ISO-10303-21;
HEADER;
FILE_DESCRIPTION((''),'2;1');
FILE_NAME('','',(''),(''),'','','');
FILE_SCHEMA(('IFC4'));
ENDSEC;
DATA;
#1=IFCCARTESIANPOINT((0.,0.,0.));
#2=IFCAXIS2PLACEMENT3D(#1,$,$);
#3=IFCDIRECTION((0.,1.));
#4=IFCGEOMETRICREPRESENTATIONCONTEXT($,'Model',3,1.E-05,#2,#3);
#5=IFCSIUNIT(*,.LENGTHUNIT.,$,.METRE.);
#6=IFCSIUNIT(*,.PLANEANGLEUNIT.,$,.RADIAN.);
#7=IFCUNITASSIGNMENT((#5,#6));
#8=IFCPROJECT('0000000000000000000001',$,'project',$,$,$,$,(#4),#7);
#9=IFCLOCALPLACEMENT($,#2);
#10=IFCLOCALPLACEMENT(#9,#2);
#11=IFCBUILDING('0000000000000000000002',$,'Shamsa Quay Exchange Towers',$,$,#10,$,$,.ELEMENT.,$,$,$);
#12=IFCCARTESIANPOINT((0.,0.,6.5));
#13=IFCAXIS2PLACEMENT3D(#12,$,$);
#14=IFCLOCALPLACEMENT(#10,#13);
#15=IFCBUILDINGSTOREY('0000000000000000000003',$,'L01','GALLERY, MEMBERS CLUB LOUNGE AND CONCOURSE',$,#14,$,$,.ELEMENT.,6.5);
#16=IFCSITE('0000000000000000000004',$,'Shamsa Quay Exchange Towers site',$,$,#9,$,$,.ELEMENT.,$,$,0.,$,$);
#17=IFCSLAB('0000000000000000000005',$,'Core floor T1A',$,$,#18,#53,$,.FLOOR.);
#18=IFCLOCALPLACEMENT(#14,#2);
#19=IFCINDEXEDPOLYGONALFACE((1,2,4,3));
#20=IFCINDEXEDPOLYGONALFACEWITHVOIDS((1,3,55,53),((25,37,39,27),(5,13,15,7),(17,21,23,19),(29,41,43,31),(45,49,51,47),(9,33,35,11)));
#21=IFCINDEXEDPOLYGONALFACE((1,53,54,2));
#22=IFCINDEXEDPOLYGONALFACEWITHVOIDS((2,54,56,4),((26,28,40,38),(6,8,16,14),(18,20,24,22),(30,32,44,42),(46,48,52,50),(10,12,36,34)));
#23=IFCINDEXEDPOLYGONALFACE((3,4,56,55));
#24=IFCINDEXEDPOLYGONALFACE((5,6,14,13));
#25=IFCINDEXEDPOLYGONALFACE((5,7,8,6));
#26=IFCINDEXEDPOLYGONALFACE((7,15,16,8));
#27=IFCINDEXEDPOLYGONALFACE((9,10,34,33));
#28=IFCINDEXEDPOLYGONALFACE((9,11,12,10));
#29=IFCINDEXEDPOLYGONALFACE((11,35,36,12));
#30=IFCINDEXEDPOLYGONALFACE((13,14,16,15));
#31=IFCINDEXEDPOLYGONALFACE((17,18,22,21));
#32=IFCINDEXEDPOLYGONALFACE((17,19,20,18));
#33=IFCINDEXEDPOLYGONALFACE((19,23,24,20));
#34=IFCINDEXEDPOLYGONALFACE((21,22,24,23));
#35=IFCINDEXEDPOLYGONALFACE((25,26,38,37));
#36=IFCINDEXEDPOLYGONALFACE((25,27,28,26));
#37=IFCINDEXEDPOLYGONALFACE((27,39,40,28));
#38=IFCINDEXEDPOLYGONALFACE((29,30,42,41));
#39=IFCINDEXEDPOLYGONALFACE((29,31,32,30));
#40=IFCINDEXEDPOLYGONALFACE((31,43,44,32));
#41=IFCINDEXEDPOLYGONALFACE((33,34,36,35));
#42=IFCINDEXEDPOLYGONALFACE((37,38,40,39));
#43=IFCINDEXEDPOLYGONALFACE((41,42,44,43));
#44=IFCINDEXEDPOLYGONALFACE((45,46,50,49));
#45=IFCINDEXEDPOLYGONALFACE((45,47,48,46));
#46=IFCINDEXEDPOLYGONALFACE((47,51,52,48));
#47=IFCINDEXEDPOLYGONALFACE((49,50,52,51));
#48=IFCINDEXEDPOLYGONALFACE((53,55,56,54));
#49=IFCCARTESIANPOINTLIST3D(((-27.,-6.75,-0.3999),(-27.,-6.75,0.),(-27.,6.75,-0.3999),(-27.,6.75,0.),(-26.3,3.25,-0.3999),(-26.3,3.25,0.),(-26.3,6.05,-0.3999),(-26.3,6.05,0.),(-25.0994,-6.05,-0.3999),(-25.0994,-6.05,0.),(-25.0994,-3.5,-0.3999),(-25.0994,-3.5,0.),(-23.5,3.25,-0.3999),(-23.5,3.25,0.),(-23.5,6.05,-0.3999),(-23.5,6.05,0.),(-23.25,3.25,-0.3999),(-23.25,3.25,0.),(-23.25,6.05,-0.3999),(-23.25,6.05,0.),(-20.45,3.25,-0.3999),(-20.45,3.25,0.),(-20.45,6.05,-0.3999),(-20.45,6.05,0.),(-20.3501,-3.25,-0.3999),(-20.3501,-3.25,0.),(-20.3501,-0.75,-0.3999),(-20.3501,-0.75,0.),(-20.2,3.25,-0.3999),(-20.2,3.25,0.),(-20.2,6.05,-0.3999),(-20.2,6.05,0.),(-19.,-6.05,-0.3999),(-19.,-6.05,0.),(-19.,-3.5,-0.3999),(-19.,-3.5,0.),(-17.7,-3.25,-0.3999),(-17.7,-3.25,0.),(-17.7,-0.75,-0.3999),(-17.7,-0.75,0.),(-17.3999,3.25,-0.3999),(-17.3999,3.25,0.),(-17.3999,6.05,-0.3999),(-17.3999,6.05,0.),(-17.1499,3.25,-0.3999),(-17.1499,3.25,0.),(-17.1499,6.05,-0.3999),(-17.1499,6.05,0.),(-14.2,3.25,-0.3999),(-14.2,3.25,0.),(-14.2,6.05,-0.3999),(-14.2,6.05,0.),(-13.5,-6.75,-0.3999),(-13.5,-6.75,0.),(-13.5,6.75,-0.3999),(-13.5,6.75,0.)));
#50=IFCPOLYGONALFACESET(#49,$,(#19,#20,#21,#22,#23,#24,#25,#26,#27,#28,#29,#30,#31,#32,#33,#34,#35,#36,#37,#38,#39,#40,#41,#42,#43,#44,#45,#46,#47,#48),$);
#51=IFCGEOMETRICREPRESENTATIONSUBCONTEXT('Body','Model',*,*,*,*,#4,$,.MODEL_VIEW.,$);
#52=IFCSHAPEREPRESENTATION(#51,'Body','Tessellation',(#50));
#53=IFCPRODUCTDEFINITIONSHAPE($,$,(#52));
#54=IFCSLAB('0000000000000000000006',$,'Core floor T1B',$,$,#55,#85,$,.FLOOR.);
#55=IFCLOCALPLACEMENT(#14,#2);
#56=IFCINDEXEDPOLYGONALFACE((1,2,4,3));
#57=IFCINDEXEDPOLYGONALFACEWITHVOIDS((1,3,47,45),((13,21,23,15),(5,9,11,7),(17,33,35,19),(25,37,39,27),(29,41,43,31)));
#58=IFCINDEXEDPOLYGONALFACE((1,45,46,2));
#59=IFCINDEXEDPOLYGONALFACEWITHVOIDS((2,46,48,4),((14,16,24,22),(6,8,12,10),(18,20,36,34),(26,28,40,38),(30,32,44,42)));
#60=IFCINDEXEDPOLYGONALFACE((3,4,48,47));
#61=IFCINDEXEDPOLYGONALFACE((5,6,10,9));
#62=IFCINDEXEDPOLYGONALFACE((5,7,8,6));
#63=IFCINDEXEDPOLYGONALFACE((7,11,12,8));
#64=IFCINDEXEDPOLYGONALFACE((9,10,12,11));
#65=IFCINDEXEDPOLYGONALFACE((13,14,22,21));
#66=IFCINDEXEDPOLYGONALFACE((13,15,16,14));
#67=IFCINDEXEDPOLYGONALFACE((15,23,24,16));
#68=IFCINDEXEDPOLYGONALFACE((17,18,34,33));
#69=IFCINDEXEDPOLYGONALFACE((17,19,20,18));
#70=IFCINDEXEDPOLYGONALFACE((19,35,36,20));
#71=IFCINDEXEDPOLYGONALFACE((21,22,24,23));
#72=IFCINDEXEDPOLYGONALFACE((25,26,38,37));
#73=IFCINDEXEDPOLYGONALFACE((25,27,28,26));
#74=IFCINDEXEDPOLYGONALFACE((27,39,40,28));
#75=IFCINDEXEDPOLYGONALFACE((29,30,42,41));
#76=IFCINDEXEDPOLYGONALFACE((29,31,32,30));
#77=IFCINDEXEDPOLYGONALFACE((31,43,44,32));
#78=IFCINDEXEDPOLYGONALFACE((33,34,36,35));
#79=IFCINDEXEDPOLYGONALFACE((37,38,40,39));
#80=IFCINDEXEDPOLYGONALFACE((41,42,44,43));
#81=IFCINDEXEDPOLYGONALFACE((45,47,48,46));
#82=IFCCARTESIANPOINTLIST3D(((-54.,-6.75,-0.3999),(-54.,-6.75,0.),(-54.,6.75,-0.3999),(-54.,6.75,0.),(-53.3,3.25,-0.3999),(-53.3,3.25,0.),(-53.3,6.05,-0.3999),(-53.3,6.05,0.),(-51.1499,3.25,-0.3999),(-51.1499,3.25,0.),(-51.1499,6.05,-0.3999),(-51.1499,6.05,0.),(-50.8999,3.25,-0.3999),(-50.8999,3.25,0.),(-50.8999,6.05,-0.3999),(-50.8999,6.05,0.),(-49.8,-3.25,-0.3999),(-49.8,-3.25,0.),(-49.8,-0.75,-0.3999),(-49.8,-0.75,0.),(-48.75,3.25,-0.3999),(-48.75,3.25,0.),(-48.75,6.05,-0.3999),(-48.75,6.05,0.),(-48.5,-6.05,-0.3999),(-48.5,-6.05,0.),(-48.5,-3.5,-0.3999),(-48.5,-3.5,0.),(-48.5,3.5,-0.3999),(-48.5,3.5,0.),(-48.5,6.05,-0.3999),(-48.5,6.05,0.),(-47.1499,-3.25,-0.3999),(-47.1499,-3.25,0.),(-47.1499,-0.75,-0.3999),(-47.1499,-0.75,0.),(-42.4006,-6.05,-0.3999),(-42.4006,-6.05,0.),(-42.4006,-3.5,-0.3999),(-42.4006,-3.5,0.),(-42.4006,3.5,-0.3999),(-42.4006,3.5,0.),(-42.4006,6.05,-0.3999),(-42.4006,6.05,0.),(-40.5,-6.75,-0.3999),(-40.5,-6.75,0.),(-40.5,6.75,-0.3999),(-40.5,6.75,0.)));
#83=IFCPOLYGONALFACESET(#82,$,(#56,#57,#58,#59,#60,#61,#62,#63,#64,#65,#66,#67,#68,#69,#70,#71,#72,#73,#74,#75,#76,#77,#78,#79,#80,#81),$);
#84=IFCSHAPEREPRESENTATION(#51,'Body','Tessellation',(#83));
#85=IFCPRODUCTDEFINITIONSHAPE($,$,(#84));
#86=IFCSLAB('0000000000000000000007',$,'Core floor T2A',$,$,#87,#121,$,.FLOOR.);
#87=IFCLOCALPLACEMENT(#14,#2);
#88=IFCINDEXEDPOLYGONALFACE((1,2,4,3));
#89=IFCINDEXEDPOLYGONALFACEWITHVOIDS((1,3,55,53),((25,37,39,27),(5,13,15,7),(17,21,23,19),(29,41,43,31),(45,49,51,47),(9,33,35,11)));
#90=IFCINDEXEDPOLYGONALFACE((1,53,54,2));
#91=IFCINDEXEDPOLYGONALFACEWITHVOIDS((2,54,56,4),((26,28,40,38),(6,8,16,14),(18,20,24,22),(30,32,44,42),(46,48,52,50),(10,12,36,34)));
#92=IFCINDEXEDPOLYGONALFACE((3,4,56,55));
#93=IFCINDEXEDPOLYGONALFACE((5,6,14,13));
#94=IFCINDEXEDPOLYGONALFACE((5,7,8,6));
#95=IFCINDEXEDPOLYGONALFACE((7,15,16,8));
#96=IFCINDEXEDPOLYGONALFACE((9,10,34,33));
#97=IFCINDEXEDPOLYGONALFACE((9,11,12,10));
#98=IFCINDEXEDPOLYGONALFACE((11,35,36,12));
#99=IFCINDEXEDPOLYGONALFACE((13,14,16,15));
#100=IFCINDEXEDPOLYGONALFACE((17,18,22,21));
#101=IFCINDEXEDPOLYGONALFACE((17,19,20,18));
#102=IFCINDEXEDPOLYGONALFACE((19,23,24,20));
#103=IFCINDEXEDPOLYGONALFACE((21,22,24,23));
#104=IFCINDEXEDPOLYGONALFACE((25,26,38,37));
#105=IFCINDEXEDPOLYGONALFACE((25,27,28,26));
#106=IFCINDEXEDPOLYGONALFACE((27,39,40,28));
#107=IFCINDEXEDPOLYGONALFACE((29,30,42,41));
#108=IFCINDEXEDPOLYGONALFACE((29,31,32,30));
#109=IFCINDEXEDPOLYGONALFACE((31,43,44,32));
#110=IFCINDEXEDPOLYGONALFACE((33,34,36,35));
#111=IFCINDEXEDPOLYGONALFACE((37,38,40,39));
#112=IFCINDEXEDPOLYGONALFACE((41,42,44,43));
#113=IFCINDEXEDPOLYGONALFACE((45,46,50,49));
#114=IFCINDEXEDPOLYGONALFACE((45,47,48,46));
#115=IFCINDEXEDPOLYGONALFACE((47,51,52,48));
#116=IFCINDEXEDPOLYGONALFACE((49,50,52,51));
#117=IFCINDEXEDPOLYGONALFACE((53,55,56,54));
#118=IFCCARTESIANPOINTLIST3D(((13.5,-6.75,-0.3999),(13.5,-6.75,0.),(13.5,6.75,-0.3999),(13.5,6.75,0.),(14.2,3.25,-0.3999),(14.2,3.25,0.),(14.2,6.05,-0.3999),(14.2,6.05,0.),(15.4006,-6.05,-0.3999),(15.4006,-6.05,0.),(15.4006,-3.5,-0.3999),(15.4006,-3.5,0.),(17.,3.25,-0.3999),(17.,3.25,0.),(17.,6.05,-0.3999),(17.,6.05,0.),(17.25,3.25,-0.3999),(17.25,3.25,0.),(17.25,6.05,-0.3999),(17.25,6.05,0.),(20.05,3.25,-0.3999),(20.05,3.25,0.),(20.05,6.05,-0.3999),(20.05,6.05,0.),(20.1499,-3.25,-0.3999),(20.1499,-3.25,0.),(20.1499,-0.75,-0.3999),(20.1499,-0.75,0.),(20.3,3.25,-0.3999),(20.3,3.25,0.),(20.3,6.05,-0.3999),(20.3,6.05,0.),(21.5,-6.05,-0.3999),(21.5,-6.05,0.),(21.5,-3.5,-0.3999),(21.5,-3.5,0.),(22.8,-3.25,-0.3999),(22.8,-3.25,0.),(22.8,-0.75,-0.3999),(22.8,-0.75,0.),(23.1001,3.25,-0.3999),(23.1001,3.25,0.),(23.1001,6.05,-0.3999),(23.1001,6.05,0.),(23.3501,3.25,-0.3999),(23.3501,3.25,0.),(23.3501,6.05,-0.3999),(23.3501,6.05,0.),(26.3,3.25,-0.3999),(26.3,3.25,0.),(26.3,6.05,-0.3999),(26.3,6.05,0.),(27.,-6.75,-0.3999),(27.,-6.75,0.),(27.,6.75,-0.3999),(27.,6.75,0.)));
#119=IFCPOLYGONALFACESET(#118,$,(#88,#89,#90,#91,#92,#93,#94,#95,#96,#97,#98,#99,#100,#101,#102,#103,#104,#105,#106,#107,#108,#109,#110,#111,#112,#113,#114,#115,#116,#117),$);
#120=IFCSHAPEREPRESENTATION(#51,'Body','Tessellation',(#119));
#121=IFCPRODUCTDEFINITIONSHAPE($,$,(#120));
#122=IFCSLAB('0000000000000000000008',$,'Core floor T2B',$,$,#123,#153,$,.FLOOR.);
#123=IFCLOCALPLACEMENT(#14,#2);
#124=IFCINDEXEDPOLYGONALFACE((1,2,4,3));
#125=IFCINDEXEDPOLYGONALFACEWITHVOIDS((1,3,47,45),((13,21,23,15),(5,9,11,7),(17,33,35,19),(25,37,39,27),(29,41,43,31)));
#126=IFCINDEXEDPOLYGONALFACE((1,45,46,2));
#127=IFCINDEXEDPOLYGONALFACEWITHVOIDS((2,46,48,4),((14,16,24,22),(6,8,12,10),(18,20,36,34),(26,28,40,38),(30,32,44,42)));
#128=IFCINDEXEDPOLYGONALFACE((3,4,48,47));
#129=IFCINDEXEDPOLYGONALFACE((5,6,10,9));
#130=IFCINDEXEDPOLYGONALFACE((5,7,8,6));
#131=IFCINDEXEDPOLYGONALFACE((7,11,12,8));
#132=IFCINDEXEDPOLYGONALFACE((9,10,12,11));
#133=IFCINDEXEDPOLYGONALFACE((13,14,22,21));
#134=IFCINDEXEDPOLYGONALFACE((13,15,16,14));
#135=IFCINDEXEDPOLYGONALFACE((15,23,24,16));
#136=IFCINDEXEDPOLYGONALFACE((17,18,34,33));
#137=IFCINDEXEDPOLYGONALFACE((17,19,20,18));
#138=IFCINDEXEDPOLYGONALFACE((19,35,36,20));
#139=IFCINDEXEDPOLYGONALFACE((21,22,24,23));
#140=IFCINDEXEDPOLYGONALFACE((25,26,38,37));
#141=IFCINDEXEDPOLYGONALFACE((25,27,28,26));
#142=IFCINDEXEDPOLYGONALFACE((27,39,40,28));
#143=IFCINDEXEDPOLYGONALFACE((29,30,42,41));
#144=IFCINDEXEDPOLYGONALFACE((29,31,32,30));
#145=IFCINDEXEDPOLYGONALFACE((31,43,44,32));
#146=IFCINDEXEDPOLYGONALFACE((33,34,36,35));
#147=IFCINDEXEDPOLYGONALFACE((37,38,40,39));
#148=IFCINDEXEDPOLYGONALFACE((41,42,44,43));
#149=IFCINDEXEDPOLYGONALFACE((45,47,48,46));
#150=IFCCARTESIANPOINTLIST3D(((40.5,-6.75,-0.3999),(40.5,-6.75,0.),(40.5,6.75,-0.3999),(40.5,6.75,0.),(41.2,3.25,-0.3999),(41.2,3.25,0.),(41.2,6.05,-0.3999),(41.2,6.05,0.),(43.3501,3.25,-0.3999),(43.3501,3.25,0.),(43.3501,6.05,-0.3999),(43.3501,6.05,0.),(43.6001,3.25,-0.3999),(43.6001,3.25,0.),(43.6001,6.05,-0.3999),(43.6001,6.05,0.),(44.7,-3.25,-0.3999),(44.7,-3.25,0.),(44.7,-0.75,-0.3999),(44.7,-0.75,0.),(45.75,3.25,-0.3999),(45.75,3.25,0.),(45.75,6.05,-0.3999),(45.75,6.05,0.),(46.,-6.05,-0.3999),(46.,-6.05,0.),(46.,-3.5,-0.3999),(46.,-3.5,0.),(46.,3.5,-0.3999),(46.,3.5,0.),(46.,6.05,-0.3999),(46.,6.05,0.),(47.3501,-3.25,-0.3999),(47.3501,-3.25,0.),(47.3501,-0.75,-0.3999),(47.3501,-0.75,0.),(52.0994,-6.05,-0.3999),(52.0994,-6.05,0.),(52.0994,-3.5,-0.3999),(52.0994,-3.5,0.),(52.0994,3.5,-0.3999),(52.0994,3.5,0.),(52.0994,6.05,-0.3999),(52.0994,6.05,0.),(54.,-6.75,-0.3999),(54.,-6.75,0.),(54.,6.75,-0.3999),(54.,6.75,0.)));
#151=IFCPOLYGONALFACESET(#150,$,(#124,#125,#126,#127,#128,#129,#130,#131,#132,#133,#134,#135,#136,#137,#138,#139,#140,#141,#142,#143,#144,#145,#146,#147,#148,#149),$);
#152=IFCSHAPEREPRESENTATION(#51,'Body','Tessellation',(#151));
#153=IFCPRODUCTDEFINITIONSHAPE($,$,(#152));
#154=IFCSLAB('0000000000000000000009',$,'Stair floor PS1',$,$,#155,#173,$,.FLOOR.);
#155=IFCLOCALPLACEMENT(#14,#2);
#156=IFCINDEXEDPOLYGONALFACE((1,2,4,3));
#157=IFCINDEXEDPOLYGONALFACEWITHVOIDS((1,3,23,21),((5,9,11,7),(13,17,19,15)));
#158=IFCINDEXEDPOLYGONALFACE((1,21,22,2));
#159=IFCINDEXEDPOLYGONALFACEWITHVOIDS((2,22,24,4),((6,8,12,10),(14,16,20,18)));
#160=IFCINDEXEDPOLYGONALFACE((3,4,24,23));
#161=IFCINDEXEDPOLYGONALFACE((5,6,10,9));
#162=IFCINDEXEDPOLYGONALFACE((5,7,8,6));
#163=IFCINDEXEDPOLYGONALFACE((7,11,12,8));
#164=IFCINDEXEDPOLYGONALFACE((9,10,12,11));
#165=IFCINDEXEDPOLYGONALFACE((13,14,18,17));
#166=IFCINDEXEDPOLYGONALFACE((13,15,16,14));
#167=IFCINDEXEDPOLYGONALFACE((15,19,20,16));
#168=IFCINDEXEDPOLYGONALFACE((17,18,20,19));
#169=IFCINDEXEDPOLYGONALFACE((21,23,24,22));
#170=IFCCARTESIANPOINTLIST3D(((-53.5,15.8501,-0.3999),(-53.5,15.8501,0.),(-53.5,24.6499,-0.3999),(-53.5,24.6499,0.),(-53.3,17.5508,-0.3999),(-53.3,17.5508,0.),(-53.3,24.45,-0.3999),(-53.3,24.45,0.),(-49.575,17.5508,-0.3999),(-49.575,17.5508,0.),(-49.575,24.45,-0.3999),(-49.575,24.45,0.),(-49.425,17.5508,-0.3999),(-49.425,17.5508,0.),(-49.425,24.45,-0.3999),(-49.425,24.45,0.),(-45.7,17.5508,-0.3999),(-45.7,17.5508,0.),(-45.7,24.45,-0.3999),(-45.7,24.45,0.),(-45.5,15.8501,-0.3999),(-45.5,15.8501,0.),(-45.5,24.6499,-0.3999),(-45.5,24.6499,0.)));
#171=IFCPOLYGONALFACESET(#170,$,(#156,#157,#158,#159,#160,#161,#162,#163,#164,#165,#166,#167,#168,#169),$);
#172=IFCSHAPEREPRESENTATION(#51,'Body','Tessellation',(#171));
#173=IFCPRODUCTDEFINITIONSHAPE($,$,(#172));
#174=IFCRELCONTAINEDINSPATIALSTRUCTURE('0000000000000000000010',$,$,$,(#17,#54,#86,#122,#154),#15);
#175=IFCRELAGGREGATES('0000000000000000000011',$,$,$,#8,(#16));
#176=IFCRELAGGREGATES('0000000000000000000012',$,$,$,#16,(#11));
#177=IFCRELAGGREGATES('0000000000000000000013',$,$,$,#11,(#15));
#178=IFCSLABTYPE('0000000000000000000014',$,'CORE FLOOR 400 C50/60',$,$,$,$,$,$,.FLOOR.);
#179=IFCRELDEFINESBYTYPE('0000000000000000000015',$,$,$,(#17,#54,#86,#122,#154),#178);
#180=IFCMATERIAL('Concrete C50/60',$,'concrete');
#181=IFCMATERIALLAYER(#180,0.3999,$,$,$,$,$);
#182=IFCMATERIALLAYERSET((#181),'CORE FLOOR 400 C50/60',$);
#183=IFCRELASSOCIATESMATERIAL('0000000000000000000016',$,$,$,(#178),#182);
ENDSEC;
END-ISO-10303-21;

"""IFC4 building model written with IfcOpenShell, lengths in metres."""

from ifc_helpers import new_model, si_unit, direction, frame, origin, place, context, subcontext, project, spatial, polyline, outline, extrude, material, layer, layer_set, type_object, element, save


model = new_model("IFC4")

# Units and contexts
model_context = context("Model", 3, precision=1e-05, world=origin(), true_north=direction((0.0, 1.0)))
body_context = subcontext(model_context, "Body", "Model", "MODEL_VIEW")
ifc_project = project(units=[si_unit("LENGTHUNIT", "METRE"), si_unit("PLANEANGLEUNIT", "RADIAN")], contexts=[model_context])

# Site, building, storey
site_placement = place(None, origin())
site = spatial("IfcSite", under=ifc_project, at=site_placement, Name="Shamsa Quay Exchange Towers site", CompositionType="ELEMENT", RefElevation=0.0)
building_placement = place(site_placement, origin())
building = spatial("IfcBuilding", under=site, at=building_placement, Name="Shamsa Quay Exchange Towers", CompositionType="ELEMENT")
storey_placement = place(building_placement, frame((0.0, 0.0, 6.5)))
storey = spatial("IfcBuildingStorey", under=building, at=storey_placement, Name="L01", Description="GALLERY, MEMBERS CLUB LOUNGE AND CONCOURSE", CompositionType="ELEMENT", Elevation=6.5)

# Slabs
ifc_material_1 = material(Name="Concrete C50/60", Category="concrete")
ifc_layer_1 = layer(ifc_material_1, 0.3999)
ifc_layer_set_1 = layer_set([ifc_layer_1], Name="CORE FLOOR 400 C50/60")
slab_type_1 = type_object("IfcSlabType", Name="CORE FLOOR 400 C50/60", PredefinedType="FLOOR", material=ifc_layer_set_1)
slab_1_placement = place(storey_placement, frame((0.0, 0.0, -0.3999)))
element("IfcSlab", 1, at=slab_1_placement, inside=storey, type_object=slab_type_1, Name="Core floor T1A", PredefinedType="FLOOR", context=body_context, shape_type="SweptSolid", body=[
    extrude(outline(polyline([(-27.0, -6.75), (-13.5, -6.75), (-13.5, 6.75), (-27.0, 6.75), (-27.0, -6.75)]), holes=[polyline([(-25.0994, -6.05), (-25.0994, -3.5), (-19.0, -3.5), (-19.0, -6.05), (-25.0994, -6.05)]), polyline([(-26.3, 3.25), (-26.3, 6.05), (-23.5, 6.05), (-23.5, 3.25), (-26.3, 3.25)]), polyline([(-23.25, 3.25), (-23.25, 6.05), (-20.45, 6.05), (-20.45, 3.25), (-23.25, 3.25)]), polyline([(-20.2, 3.25), (-20.2, 6.05), (-17.3999, 6.05), (-17.3999, 3.25), (-20.2, 3.25)]), polyline([(-17.1499, 3.25), (-17.1499, 6.05), (-14.2, 6.05), (-14.2, 3.25), (-17.1499, 3.25)]), polyline([(-20.3501, -3.25), (-20.3501, -0.75), (-17.7, -0.75), (-17.7, -3.25), (-20.3501, -3.25)])]), origin(), (0.0, 0.0, 1.0), 0.3999),
])
slab_2_placement = place(storey_placement, frame((0.0, 0.0, -0.3999)))
element("IfcSlab", 2, at=slab_2_placement, inside=storey, type_object=slab_type_1, Name="Core floor T1B", PredefinedType="FLOOR", context=body_context, shape_type="SweptSolid", body=[
    extrude(outline(polyline([(-40.5, -6.75), (-40.5, 6.75), (-54.0, 6.75), (-54.0, -6.75), (-40.5, -6.75)]), holes=[polyline([(-42.4006, -3.5), (-42.4006, -6.05), (-48.5, -6.05), (-48.5, -3.5), (-42.4006, -3.5)]), polyline([(-42.4006, 6.05), (-42.4006, 3.5), (-48.5, 3.5), (-48.5, 6.05), (-42.4006, 6.05)]), polyline([(-48.75, 3.25), (-50.8999, 3.25), (-50.8999, 6.05), (-48.75, 6.05), (-48.75, 3.25)]), polyline([(-51.1499, 3.25), (-53.3, 3.25), (-53.3, 6.05), (-51.1499, 6.05), (-51.1499, 3.25)]), polyline([(-47.1499, -3.25), (-49.8, -3.25), (-49.8, -0.75), (-47.1499, -0.75), (-47.1499, -3.25)])]), origin(), (0.0, 0.0, 1.0), 0.3999),
])
slab_3_placement = place(storey_placement, frame((0.0, 0.0, -0.3999)))
element("IfcSlab", 3, at=slab_3_placement, inside=storey, type_object=slab_type_1, Name="Core floor T2A", PredefinedType="FLOOR", context=body_context, shape_type="SweptSolid", body=[
    extrude(outline(polyline([(13.5, -6.75), (27.0, -6.75), (27.0, 6.75), (13.5, 6.75), (13.5, -6.75)]), holes=[polyline([(15.4006, -6.05), (15.4006, -3.5), (21.5, -3.5), (21.5, -6.05), (15.4006, -6.05)]), polyline([(14.2, 3.25), (14.2, 6.05), (17.0, 6.05), (17.0, 3.25), (14.2, 3.25)]), polyline([(17.25, 3.25), (17.25, 6.05), (20.05, 6.05), (20.05, 3.25), (17.25, 3.25)]), polyline([(20.3, 3.25), (20.3, 6.05), (23.1001, 6.05), (23.1001, 3.25), (20.3, 3.25)]), polyline([(23.3501, 3.25), (23.3501, 6.05), (26.3, 6.05), (26.3, 3.25), (23.3501, 3.25)]), polyline([(20.1499, -3.25), (20.1499, -0.75), (22.8, -0.75), (22.8, -3.25), (20.1499, -3.25)])]), origin(), (0.0, 0.0, 1.0), 0.3999),
])
slab_4_placement = place(storey_placement, frame((0.0, 0.0, -0.3999)))
element("IfcSlab", 4, at=slab_4_placement, inside=storey, type_object=slab_type_1, Name="Core floor T2B", PredefinedType="FLOOR", context=body_context, shape_type="SweptSolid", body=[
    extrude(outline(polyline([(54.0, -6.75), (54.0, 6.75), (40.5, 6.75), (40.5, -6.75), (54.0, -6.75)]), holes=[polyline([(52.0994, -3.5), (52.0994, -6.05), (46.0, -6.05), (46.0, -3.5), (52.0994, -3.5)]), polyline([(52.0994, 6.05), (52.0994, 3.5), (46.0, 3.5), (46.0, 6.05), (52.0994, 6.05)]), polyline([(45.75, 3.25), (43.6001, 3.25), (43.6001, 6.05), (45.75, 6.05), (45.75, 3.25)]), polyline([(43.3501, 3.25), (41.2, 3.25), (41.2, 6.05), (43.3501, 6.05), (43.3501, 3.25)]), polyline([(47.3501, -3.25), (44.7, -3.25), (44.7, -0.75), (47.3501, -0.75), (47.3501, -3.25)])]), origin(), (0.0, 0.0, 1.0), 0.3999),
])
slab_5_placement = place(storey_placement, frame((0.0, 0.0, -0.3999)))
element("IfcSlab", 5, at=slab_5_placement, inside=storey, type_object=slab_type_1, Name="Stair floor PS1", PredefinedType="FLOOR", context=body_context, shape_type="SweptSolid", body=[
    extrude(outline(polyline([(-53.5, 15.8501), (-45.5, 15.8501), (-45.5, 24.6499), (-53.5, 24.6499), (-53.5, 15.8501)]), holes=[polyline([(-49.575, 17.5508), (-53.3, 17.5508), (-53.3, 24.45), (-49.575, 24.45), (-49.575, 17.5508)]), polyline([(-45.7, 17.5508), (-49.425, 17.5508), (-49.425, 24.45), (-45.7, 24.45), (-45.7, 17.5508)])]), origin(), (0.0, 0.0, 1.0), 0.3999),
])

save(model, "model.ifc")
